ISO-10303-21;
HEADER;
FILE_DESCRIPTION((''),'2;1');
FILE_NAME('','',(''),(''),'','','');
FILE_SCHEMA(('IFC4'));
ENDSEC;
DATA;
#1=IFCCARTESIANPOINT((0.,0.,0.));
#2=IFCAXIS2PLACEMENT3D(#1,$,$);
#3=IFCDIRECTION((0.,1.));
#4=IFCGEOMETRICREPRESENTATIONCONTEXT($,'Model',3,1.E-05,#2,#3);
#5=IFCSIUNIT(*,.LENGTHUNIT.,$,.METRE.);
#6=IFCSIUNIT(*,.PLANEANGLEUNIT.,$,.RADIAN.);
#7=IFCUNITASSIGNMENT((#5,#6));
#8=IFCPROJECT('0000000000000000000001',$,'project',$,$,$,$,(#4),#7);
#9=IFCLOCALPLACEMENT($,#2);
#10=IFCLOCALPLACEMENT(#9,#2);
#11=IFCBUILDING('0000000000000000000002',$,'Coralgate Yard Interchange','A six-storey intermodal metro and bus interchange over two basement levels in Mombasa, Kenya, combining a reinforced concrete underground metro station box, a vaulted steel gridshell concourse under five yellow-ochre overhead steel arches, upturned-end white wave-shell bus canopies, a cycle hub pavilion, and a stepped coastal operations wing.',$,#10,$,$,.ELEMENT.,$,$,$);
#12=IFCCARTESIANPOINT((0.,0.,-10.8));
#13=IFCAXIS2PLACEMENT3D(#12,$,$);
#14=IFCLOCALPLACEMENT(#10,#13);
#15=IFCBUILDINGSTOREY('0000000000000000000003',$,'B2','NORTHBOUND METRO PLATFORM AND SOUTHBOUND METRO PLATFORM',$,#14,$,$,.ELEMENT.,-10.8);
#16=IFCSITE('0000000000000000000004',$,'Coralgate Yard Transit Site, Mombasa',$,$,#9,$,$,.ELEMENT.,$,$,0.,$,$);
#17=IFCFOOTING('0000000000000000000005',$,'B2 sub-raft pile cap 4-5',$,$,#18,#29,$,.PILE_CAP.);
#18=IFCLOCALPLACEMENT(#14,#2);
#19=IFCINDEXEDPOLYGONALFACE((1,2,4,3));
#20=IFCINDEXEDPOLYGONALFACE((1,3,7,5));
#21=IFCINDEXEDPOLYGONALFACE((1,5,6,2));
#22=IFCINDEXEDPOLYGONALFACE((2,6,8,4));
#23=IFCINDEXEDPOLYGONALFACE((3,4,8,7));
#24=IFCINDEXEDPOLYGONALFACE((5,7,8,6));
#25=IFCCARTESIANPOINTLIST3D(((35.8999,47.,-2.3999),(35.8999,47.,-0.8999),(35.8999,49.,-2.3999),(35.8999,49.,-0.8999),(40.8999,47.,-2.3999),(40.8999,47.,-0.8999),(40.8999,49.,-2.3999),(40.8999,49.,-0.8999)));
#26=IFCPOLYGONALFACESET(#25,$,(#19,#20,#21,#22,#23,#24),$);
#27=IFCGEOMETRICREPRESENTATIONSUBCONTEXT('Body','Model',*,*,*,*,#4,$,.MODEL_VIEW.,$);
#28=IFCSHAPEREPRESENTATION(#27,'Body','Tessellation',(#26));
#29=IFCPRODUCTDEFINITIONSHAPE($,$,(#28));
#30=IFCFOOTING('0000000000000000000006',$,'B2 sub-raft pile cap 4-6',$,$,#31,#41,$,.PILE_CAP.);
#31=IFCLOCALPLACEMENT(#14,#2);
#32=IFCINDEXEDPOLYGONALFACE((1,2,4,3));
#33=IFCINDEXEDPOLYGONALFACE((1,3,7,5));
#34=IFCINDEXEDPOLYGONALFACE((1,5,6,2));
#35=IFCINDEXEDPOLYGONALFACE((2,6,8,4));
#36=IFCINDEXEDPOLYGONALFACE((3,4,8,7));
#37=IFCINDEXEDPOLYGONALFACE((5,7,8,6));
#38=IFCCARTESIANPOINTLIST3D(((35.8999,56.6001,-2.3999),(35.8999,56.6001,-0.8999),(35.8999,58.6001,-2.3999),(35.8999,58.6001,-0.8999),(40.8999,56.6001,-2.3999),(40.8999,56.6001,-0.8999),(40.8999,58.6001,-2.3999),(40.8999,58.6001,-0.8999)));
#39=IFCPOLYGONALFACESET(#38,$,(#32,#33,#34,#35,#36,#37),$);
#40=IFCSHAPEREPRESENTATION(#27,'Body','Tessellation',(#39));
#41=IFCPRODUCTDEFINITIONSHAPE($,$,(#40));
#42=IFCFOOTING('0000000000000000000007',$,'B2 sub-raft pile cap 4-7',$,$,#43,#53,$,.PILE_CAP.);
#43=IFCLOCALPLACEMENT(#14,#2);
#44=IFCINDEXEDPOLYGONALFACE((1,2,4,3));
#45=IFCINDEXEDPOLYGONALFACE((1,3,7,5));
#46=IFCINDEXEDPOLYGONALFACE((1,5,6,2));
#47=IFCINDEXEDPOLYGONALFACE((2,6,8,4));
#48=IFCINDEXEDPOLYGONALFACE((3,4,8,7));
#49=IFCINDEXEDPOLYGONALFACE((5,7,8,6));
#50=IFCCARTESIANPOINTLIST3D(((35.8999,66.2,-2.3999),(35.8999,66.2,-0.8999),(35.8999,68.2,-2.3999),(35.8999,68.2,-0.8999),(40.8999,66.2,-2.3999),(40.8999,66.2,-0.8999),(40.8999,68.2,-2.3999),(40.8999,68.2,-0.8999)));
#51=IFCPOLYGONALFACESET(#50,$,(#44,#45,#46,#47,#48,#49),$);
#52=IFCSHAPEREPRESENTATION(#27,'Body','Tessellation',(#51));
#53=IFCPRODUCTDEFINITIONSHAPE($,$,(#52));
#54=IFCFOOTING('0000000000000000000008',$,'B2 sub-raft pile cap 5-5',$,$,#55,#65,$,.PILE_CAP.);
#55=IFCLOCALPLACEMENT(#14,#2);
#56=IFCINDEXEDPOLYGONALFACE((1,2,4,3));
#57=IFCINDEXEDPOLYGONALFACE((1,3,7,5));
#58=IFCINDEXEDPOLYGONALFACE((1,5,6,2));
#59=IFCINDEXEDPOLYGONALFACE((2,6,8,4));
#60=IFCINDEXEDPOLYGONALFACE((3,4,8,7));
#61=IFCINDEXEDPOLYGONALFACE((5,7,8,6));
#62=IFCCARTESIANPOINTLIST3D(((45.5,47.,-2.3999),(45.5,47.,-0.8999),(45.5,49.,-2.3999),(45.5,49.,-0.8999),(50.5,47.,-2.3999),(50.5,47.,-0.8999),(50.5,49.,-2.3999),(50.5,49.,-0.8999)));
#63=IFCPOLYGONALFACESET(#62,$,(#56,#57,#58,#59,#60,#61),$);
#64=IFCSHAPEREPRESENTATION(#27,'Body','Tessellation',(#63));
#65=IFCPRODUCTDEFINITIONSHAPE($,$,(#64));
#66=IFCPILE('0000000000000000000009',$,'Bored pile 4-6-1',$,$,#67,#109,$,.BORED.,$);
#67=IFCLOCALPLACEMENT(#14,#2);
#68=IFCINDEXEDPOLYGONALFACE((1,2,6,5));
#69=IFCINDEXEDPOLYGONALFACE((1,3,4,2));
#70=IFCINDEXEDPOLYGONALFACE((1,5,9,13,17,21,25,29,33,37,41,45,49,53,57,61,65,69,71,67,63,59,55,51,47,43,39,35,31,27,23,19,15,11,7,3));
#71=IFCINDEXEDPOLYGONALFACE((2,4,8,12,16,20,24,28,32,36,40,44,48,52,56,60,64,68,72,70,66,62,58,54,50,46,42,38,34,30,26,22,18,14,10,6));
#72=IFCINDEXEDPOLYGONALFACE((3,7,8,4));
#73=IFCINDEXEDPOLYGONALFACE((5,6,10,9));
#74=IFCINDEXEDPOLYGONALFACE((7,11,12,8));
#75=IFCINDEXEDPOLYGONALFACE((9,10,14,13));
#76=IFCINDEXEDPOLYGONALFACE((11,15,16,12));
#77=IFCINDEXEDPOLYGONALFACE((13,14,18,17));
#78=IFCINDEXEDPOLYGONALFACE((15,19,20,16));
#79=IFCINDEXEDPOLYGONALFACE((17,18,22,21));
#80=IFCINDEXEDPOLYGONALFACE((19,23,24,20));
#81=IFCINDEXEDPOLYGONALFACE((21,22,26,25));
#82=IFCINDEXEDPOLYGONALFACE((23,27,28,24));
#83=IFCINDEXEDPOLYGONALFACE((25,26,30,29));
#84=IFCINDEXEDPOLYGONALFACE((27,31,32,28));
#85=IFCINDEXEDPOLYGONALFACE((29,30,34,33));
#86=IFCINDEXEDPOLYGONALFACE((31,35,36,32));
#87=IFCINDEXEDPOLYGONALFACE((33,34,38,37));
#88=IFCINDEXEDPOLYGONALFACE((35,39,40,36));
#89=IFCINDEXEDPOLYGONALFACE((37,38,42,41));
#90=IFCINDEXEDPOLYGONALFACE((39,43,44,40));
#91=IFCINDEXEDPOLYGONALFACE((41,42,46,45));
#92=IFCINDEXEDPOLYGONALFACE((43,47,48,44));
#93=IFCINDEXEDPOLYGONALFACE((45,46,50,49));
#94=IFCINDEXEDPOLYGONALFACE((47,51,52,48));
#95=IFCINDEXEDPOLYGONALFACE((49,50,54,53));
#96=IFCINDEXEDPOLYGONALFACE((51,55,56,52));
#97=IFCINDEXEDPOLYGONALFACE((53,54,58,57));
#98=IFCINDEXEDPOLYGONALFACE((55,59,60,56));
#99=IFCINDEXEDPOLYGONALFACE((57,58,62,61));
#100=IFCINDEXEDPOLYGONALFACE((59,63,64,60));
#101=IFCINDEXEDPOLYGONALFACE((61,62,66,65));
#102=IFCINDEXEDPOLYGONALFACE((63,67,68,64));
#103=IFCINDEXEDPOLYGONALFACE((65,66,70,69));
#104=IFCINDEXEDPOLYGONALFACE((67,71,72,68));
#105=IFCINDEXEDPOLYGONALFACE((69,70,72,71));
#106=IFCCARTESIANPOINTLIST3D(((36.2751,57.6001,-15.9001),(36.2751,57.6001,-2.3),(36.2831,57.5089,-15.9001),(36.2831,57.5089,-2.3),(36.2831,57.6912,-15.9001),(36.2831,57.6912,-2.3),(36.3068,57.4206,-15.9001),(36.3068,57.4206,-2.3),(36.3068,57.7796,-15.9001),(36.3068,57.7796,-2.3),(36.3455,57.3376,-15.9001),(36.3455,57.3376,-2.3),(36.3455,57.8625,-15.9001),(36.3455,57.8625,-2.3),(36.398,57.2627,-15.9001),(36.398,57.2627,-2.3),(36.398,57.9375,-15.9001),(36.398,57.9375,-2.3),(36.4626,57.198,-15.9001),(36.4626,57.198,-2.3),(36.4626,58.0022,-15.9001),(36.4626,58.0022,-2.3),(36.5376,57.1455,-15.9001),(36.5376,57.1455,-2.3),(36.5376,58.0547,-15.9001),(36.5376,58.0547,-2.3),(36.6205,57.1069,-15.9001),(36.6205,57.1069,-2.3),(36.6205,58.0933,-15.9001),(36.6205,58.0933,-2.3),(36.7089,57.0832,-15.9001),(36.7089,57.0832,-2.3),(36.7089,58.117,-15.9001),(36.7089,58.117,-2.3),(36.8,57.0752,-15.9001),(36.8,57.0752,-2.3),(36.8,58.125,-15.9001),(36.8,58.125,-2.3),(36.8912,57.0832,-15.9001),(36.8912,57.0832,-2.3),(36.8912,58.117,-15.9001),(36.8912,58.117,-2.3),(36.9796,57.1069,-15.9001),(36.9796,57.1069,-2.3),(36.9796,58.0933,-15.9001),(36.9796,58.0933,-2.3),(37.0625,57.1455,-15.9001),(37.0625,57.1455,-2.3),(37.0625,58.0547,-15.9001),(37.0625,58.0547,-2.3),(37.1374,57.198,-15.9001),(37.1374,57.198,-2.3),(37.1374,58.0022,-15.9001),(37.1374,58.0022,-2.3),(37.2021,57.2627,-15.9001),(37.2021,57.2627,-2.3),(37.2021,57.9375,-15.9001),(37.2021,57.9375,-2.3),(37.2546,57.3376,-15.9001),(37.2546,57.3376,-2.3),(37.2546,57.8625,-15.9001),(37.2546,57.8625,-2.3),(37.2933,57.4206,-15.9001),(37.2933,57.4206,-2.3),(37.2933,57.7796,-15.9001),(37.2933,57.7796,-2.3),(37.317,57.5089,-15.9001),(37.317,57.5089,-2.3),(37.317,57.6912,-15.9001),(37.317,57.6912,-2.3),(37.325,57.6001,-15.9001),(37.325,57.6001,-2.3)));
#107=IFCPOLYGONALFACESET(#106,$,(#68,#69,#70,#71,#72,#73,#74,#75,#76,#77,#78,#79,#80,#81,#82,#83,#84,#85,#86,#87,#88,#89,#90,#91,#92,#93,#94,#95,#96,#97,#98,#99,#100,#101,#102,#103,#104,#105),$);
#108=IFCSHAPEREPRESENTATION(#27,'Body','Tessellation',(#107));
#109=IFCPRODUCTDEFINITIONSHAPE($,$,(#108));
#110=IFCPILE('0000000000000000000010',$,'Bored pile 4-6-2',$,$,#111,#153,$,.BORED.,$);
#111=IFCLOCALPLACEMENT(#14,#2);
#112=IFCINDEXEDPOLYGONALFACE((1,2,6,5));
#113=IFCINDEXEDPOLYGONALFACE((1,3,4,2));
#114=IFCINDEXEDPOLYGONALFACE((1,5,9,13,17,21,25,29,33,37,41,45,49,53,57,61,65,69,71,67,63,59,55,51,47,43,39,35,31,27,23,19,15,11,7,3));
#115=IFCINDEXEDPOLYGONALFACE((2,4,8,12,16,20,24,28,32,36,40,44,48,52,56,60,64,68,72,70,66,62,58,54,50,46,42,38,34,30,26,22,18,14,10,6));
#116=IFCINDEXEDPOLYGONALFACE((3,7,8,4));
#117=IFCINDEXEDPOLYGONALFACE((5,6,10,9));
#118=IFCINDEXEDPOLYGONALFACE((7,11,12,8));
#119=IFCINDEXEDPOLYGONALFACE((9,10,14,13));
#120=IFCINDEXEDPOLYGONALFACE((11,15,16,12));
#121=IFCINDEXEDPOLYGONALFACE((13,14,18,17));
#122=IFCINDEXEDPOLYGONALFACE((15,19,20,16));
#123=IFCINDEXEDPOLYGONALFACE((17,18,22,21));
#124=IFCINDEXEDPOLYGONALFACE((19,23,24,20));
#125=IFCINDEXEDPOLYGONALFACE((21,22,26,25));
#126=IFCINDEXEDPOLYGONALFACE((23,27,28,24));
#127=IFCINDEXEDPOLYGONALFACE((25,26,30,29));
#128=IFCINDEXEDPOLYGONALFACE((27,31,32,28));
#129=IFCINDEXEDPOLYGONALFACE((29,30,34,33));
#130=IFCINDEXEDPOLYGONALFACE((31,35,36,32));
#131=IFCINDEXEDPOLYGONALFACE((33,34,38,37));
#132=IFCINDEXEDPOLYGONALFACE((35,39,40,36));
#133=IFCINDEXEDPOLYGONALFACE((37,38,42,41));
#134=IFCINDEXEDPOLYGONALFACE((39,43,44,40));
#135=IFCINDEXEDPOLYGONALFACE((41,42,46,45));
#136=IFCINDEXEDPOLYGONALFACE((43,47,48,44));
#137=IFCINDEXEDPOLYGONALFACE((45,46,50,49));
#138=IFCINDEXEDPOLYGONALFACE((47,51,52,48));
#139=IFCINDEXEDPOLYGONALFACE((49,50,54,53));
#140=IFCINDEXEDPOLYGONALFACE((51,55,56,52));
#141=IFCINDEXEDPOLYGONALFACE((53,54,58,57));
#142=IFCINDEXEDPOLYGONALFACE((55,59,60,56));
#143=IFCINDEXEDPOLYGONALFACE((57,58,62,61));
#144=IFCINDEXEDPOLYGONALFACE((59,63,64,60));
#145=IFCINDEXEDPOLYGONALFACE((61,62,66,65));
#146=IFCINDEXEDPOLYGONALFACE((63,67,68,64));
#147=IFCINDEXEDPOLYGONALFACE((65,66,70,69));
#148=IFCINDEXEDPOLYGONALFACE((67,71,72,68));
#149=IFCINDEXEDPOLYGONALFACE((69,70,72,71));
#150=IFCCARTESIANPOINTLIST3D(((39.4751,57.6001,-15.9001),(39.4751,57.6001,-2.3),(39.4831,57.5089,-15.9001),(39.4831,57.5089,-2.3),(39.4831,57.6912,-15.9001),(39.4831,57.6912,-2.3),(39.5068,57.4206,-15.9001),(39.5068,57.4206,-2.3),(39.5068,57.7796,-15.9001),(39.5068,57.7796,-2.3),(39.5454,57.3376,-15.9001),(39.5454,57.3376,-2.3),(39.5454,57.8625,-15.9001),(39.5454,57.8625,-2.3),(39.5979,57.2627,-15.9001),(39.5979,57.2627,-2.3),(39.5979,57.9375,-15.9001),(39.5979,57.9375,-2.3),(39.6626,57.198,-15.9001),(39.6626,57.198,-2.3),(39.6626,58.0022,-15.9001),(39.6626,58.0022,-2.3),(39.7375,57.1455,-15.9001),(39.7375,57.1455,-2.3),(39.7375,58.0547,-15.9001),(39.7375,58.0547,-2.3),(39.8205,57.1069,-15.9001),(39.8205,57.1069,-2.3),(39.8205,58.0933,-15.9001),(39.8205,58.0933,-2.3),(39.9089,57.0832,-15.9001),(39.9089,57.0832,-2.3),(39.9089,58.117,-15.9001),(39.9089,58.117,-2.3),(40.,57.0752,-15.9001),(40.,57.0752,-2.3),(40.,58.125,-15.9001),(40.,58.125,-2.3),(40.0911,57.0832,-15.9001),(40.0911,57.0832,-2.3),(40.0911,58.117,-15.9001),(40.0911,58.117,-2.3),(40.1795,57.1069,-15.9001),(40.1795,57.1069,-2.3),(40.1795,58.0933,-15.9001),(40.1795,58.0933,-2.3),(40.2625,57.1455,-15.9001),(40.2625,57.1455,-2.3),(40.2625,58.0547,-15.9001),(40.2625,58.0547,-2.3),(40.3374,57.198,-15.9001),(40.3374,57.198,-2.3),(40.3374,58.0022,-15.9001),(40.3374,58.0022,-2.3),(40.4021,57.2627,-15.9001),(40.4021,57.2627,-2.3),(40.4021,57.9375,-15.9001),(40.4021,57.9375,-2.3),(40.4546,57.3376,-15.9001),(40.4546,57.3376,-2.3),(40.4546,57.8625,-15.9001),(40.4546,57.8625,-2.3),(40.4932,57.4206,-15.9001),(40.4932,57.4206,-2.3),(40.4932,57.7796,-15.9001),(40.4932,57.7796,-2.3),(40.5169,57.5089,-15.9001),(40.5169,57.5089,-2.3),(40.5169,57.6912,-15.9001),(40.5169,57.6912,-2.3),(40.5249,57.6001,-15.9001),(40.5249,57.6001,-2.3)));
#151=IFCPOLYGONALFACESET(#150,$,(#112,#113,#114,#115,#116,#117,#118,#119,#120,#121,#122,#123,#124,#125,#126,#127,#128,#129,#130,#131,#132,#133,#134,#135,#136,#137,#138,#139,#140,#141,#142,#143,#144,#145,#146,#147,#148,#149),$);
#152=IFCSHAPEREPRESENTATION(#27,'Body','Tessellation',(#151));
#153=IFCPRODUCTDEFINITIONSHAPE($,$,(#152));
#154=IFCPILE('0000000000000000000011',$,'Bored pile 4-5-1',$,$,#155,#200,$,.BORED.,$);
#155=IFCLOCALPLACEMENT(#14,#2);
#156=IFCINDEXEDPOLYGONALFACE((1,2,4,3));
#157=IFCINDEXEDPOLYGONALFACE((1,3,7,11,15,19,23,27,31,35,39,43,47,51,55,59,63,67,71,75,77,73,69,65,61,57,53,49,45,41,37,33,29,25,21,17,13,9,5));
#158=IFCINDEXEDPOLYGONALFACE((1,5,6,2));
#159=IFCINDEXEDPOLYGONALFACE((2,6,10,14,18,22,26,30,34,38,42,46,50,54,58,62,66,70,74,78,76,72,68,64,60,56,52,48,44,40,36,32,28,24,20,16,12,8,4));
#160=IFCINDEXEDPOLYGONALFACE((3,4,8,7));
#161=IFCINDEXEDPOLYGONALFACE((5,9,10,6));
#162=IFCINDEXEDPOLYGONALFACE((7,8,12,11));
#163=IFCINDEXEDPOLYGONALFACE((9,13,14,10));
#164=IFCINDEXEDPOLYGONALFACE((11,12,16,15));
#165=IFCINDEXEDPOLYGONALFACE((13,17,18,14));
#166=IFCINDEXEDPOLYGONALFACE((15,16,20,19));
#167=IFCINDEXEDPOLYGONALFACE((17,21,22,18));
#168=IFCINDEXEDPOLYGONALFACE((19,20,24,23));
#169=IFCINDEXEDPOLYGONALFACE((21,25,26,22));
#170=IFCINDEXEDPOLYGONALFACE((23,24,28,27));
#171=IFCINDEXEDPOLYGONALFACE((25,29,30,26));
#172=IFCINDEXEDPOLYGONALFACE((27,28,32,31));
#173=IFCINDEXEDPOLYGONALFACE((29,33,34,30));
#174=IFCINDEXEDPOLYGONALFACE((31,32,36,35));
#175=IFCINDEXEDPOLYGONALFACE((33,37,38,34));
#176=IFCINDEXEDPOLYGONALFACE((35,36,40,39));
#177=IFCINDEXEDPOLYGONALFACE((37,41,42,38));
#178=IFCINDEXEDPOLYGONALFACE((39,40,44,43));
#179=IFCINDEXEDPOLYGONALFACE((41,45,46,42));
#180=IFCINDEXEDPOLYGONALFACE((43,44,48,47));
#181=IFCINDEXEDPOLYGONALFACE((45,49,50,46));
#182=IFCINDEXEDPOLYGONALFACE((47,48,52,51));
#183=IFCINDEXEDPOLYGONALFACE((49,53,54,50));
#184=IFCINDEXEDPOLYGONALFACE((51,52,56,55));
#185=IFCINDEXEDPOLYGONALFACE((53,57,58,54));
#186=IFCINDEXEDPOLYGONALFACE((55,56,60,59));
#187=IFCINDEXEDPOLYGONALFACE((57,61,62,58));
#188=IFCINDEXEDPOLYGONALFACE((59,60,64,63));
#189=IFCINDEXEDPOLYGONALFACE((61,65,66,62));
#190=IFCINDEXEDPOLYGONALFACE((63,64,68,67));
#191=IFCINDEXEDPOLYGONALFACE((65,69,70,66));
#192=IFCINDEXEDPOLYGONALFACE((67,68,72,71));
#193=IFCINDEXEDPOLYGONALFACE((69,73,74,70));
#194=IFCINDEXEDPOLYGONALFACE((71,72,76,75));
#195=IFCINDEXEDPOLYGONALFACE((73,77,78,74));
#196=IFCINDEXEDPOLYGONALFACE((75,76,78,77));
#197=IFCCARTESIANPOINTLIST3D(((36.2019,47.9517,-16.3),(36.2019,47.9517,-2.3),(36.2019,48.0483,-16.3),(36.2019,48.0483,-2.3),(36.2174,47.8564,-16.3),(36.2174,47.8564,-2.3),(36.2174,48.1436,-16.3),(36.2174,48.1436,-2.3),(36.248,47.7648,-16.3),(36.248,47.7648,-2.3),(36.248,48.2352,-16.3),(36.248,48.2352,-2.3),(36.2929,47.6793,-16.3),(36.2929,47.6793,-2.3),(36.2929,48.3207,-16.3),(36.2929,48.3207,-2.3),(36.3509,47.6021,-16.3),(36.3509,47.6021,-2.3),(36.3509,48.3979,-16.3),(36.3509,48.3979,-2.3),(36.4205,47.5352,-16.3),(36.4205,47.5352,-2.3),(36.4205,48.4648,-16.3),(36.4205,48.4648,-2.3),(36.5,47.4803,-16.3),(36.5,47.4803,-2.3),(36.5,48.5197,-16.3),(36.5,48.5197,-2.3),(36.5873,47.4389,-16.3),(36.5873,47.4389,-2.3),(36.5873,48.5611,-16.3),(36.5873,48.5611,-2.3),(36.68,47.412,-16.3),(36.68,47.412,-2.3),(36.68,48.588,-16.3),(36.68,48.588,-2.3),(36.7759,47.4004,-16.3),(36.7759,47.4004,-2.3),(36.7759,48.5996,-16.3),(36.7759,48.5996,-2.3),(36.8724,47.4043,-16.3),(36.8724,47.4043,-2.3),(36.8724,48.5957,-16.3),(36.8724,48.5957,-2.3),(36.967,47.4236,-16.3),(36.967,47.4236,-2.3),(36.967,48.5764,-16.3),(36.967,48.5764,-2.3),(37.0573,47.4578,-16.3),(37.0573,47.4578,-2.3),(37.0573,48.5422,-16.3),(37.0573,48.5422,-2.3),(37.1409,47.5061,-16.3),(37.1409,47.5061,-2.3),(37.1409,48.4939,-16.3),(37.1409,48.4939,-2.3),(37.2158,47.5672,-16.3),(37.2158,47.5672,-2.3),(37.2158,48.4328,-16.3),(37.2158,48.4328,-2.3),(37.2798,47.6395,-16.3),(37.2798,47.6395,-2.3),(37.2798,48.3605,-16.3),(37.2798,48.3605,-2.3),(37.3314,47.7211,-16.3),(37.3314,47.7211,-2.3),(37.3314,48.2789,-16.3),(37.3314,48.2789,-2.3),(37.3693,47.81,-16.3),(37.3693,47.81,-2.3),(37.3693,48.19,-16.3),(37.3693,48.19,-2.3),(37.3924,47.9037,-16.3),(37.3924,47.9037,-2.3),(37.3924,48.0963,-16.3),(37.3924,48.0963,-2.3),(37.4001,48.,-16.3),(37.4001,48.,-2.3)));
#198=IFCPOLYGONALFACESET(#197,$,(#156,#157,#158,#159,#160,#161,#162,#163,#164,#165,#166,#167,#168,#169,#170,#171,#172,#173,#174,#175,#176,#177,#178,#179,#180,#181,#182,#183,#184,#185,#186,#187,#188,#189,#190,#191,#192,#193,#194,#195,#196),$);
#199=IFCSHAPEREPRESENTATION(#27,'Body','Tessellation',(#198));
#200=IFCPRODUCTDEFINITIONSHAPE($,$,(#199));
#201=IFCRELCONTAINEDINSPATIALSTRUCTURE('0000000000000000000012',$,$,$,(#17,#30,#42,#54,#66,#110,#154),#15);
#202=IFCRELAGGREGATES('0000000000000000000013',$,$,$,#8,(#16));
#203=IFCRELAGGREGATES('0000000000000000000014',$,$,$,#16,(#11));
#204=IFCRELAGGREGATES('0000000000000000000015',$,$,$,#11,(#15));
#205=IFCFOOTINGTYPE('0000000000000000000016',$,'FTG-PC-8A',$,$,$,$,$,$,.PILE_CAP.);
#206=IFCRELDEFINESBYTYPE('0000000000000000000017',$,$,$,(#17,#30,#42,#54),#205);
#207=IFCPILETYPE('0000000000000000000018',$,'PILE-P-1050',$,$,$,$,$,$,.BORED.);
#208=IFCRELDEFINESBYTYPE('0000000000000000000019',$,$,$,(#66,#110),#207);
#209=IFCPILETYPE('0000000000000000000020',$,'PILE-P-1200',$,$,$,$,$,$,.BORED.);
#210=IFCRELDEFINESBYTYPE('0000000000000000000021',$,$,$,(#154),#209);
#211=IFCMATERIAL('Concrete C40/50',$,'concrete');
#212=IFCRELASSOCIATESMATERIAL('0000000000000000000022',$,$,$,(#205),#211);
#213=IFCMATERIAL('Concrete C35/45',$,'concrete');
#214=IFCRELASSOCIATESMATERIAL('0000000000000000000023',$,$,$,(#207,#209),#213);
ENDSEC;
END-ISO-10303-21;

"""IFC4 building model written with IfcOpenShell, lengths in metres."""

from ifc_helpers import new_model, si_unit, direction, frame, origin, origin_2d, place, context, subcontext, project, spatial, rectangle, circle, extrude, material, material_profile, profile_set, type_object, element, save


model = new_model("IFC4")

# Units and contexts
model_context = context("Model", 3, precision=1e-05, world=origin(), true_north=direction((0.0, 1.0)))
body_context = subcontext(model_context, "Body", "Model", "MODEL_VIEW")
ifc_project = project(units=[si_unit("LENGTHUNIT", "METRE"), si_unit("PLANEANGLEUNIT", "RADIAN")], contexts=[model_context])

# Site, building, storey
site_placement = place(None, origin())
site = spatial("IfcSite", under=ifc_project, at=site_placement, Name="Coralgate Yard Transit Site, Mombasa", CompositionType="ELEMENT", RefElevation=0.0)
building_placement = place(site_placement, origin())
building = spatial("IfcBuilding", under=site, at=building_placement, Name="Coralgate Yard Interchange", Description="A six-storey intermodal metro and bus interchange over two basement levels in Mombasa, Kenya, combining a reinforced concrete underground metro station box, a vaulted steel gridshell concourse under five yellow-ochre overhead steel arches, upturned-end white wave-shell bus canopies, a cycle hub pavilion, and a stepped coastal operations wing.", CompositionType="ELEMENT")
storey_placement = place(building_placement, frame((0.0, 0.0, -10.8)))
storey = spatial("IfcBuildingStorey", under=building, at=storey_placement, Name="B2", Description="NORTHBOUND METRO PLATFORM AND SOUTHBOUND METRO PLATFORM", CompositionType="ELEMENT", Elevation=-10.8)

# Footings
ifc_material_1 = material(Name="Concrete C40/50", Category="concrete")
footing_type = type_object("IfcFootingType", Name="FTG-PC-8A", PredefinedType="PILE_CAP", material=ifc_material_1)
for number, where, z_axis, x_axis, name in (
    (1, (38.3999, 48.0, -2.3999), (0.0, 0.0, 1.0), (1.0, 0.0, 0.0), "B2 sub-raft pile cap 4-5"),
    (2, (38.3999, 57.6001, -2.3999), (0.0, 0.0, 1.0), (1.0, 0.0, 0.0), "B2 sub-raft pile cap 4-6"),
    (3, (38.3999, 67.2, -2.3999), (0.0, 0.0, 1.0), (1.0, 0.0, 0.0), "B2 sub-raft pile cap 4-7"),
    (4, (48.0, 48.0, -2.3999), (0.0, 0.0, 1.0), (1.0, 0.0, 0.0), "B2 sub-raft pile cap 5-5"),
):
    element("IfcFooting", number, at=place(storey_placement, frame(where, z_axis=z_axis, x_axis=x_axis)), inside=storey, type_object=footing_type, Name=name, PredefinedType="PILE_CAP", context=body_context, shape_type="SweptSolid", body=[
        extrude(rectangle(XDim=5.0, YDim=2.0, at=origin_2d()), origin(), (0.0, 0.0, 1.0), 1.5),
    ])

# Piles
ifc_material_2 = material(Name="Concrete C35/45", Category="concrete")
ifc_material_profile_1 = material_profile(ifc_material_2, circle(Radius=0.5249, at=origin_2d()), Name="BORED PILE D1050")
ifc_profile_set_1 = profile_set([ifc_material_profile_1], Name="Concrete C35/45")
pile_type_1 = type_object("IfcPileType", Name="PILE-P-1050", PredefinedType="BORED", material=ifc_profile_set_1)
for number, where, z_axis, x_axis, name in (
    (5, (36.8, 57.6001, -2.3), (0.0, 0.0, -1.0), (1.0, 0.0, 0.0), "Bored pile 4-6-1"),
    (6, (40.0, 57.6001, -2.3), (0.0, 0.0, -1.0), (1.0, 0.0, 0.0), "Bored pile 4-6-2"),
):
    element("IfcPile", number, at=place(storey_placement, frame(where, z_axis=z_axis, x_axis=x_axis)), inside=storey, type_object=pile_type_1, Name=name, PredefinedType="BORED", context=body_context, shape_type="SweptSolid", body=[
        extrude(circle(Radius=0.5249, at=origin_2d()), origin(), (0.0, 0.0, 1.0), 13.6001),
    ])
ifc_material_profile_2 = material_profile(ifc_material_2, circle(Radius=0.6001, at=origin_2d()), Name="BORED PILE D1200")
ifc_profile_set_2 = profile_set([ifc_material_profile_2], Name="Concrete C35/45")
pile_type_2 = type_object("IfcPileType", Name="PILE-P-1200", PredefinedType="BORED", material=ifc_profile_set_2)
for number, where, z_axis, x_axis, name in (
    (7, (36.8, 48.0, -2.3), (0.0, 0.0, -1.0), (1.0, 0.0, 0.0), "Bored pile 4-5-1"),
):
    element("IfcPile", number, at=place(storey_placement, frame(where, z_axis=z_axis, x_axis=x_axis)), inside=storey, type_object=pile_type_2, Name=name, PredefinedType="BORED", context=body_context, shape_type="SweptSolid", body=[
        extrude(circle(Radius=0.6001, at=origin_2d()), origin(), (0.0, 0.0, 1.0), 14.0),
    ])

save(model, "model.ifc")
